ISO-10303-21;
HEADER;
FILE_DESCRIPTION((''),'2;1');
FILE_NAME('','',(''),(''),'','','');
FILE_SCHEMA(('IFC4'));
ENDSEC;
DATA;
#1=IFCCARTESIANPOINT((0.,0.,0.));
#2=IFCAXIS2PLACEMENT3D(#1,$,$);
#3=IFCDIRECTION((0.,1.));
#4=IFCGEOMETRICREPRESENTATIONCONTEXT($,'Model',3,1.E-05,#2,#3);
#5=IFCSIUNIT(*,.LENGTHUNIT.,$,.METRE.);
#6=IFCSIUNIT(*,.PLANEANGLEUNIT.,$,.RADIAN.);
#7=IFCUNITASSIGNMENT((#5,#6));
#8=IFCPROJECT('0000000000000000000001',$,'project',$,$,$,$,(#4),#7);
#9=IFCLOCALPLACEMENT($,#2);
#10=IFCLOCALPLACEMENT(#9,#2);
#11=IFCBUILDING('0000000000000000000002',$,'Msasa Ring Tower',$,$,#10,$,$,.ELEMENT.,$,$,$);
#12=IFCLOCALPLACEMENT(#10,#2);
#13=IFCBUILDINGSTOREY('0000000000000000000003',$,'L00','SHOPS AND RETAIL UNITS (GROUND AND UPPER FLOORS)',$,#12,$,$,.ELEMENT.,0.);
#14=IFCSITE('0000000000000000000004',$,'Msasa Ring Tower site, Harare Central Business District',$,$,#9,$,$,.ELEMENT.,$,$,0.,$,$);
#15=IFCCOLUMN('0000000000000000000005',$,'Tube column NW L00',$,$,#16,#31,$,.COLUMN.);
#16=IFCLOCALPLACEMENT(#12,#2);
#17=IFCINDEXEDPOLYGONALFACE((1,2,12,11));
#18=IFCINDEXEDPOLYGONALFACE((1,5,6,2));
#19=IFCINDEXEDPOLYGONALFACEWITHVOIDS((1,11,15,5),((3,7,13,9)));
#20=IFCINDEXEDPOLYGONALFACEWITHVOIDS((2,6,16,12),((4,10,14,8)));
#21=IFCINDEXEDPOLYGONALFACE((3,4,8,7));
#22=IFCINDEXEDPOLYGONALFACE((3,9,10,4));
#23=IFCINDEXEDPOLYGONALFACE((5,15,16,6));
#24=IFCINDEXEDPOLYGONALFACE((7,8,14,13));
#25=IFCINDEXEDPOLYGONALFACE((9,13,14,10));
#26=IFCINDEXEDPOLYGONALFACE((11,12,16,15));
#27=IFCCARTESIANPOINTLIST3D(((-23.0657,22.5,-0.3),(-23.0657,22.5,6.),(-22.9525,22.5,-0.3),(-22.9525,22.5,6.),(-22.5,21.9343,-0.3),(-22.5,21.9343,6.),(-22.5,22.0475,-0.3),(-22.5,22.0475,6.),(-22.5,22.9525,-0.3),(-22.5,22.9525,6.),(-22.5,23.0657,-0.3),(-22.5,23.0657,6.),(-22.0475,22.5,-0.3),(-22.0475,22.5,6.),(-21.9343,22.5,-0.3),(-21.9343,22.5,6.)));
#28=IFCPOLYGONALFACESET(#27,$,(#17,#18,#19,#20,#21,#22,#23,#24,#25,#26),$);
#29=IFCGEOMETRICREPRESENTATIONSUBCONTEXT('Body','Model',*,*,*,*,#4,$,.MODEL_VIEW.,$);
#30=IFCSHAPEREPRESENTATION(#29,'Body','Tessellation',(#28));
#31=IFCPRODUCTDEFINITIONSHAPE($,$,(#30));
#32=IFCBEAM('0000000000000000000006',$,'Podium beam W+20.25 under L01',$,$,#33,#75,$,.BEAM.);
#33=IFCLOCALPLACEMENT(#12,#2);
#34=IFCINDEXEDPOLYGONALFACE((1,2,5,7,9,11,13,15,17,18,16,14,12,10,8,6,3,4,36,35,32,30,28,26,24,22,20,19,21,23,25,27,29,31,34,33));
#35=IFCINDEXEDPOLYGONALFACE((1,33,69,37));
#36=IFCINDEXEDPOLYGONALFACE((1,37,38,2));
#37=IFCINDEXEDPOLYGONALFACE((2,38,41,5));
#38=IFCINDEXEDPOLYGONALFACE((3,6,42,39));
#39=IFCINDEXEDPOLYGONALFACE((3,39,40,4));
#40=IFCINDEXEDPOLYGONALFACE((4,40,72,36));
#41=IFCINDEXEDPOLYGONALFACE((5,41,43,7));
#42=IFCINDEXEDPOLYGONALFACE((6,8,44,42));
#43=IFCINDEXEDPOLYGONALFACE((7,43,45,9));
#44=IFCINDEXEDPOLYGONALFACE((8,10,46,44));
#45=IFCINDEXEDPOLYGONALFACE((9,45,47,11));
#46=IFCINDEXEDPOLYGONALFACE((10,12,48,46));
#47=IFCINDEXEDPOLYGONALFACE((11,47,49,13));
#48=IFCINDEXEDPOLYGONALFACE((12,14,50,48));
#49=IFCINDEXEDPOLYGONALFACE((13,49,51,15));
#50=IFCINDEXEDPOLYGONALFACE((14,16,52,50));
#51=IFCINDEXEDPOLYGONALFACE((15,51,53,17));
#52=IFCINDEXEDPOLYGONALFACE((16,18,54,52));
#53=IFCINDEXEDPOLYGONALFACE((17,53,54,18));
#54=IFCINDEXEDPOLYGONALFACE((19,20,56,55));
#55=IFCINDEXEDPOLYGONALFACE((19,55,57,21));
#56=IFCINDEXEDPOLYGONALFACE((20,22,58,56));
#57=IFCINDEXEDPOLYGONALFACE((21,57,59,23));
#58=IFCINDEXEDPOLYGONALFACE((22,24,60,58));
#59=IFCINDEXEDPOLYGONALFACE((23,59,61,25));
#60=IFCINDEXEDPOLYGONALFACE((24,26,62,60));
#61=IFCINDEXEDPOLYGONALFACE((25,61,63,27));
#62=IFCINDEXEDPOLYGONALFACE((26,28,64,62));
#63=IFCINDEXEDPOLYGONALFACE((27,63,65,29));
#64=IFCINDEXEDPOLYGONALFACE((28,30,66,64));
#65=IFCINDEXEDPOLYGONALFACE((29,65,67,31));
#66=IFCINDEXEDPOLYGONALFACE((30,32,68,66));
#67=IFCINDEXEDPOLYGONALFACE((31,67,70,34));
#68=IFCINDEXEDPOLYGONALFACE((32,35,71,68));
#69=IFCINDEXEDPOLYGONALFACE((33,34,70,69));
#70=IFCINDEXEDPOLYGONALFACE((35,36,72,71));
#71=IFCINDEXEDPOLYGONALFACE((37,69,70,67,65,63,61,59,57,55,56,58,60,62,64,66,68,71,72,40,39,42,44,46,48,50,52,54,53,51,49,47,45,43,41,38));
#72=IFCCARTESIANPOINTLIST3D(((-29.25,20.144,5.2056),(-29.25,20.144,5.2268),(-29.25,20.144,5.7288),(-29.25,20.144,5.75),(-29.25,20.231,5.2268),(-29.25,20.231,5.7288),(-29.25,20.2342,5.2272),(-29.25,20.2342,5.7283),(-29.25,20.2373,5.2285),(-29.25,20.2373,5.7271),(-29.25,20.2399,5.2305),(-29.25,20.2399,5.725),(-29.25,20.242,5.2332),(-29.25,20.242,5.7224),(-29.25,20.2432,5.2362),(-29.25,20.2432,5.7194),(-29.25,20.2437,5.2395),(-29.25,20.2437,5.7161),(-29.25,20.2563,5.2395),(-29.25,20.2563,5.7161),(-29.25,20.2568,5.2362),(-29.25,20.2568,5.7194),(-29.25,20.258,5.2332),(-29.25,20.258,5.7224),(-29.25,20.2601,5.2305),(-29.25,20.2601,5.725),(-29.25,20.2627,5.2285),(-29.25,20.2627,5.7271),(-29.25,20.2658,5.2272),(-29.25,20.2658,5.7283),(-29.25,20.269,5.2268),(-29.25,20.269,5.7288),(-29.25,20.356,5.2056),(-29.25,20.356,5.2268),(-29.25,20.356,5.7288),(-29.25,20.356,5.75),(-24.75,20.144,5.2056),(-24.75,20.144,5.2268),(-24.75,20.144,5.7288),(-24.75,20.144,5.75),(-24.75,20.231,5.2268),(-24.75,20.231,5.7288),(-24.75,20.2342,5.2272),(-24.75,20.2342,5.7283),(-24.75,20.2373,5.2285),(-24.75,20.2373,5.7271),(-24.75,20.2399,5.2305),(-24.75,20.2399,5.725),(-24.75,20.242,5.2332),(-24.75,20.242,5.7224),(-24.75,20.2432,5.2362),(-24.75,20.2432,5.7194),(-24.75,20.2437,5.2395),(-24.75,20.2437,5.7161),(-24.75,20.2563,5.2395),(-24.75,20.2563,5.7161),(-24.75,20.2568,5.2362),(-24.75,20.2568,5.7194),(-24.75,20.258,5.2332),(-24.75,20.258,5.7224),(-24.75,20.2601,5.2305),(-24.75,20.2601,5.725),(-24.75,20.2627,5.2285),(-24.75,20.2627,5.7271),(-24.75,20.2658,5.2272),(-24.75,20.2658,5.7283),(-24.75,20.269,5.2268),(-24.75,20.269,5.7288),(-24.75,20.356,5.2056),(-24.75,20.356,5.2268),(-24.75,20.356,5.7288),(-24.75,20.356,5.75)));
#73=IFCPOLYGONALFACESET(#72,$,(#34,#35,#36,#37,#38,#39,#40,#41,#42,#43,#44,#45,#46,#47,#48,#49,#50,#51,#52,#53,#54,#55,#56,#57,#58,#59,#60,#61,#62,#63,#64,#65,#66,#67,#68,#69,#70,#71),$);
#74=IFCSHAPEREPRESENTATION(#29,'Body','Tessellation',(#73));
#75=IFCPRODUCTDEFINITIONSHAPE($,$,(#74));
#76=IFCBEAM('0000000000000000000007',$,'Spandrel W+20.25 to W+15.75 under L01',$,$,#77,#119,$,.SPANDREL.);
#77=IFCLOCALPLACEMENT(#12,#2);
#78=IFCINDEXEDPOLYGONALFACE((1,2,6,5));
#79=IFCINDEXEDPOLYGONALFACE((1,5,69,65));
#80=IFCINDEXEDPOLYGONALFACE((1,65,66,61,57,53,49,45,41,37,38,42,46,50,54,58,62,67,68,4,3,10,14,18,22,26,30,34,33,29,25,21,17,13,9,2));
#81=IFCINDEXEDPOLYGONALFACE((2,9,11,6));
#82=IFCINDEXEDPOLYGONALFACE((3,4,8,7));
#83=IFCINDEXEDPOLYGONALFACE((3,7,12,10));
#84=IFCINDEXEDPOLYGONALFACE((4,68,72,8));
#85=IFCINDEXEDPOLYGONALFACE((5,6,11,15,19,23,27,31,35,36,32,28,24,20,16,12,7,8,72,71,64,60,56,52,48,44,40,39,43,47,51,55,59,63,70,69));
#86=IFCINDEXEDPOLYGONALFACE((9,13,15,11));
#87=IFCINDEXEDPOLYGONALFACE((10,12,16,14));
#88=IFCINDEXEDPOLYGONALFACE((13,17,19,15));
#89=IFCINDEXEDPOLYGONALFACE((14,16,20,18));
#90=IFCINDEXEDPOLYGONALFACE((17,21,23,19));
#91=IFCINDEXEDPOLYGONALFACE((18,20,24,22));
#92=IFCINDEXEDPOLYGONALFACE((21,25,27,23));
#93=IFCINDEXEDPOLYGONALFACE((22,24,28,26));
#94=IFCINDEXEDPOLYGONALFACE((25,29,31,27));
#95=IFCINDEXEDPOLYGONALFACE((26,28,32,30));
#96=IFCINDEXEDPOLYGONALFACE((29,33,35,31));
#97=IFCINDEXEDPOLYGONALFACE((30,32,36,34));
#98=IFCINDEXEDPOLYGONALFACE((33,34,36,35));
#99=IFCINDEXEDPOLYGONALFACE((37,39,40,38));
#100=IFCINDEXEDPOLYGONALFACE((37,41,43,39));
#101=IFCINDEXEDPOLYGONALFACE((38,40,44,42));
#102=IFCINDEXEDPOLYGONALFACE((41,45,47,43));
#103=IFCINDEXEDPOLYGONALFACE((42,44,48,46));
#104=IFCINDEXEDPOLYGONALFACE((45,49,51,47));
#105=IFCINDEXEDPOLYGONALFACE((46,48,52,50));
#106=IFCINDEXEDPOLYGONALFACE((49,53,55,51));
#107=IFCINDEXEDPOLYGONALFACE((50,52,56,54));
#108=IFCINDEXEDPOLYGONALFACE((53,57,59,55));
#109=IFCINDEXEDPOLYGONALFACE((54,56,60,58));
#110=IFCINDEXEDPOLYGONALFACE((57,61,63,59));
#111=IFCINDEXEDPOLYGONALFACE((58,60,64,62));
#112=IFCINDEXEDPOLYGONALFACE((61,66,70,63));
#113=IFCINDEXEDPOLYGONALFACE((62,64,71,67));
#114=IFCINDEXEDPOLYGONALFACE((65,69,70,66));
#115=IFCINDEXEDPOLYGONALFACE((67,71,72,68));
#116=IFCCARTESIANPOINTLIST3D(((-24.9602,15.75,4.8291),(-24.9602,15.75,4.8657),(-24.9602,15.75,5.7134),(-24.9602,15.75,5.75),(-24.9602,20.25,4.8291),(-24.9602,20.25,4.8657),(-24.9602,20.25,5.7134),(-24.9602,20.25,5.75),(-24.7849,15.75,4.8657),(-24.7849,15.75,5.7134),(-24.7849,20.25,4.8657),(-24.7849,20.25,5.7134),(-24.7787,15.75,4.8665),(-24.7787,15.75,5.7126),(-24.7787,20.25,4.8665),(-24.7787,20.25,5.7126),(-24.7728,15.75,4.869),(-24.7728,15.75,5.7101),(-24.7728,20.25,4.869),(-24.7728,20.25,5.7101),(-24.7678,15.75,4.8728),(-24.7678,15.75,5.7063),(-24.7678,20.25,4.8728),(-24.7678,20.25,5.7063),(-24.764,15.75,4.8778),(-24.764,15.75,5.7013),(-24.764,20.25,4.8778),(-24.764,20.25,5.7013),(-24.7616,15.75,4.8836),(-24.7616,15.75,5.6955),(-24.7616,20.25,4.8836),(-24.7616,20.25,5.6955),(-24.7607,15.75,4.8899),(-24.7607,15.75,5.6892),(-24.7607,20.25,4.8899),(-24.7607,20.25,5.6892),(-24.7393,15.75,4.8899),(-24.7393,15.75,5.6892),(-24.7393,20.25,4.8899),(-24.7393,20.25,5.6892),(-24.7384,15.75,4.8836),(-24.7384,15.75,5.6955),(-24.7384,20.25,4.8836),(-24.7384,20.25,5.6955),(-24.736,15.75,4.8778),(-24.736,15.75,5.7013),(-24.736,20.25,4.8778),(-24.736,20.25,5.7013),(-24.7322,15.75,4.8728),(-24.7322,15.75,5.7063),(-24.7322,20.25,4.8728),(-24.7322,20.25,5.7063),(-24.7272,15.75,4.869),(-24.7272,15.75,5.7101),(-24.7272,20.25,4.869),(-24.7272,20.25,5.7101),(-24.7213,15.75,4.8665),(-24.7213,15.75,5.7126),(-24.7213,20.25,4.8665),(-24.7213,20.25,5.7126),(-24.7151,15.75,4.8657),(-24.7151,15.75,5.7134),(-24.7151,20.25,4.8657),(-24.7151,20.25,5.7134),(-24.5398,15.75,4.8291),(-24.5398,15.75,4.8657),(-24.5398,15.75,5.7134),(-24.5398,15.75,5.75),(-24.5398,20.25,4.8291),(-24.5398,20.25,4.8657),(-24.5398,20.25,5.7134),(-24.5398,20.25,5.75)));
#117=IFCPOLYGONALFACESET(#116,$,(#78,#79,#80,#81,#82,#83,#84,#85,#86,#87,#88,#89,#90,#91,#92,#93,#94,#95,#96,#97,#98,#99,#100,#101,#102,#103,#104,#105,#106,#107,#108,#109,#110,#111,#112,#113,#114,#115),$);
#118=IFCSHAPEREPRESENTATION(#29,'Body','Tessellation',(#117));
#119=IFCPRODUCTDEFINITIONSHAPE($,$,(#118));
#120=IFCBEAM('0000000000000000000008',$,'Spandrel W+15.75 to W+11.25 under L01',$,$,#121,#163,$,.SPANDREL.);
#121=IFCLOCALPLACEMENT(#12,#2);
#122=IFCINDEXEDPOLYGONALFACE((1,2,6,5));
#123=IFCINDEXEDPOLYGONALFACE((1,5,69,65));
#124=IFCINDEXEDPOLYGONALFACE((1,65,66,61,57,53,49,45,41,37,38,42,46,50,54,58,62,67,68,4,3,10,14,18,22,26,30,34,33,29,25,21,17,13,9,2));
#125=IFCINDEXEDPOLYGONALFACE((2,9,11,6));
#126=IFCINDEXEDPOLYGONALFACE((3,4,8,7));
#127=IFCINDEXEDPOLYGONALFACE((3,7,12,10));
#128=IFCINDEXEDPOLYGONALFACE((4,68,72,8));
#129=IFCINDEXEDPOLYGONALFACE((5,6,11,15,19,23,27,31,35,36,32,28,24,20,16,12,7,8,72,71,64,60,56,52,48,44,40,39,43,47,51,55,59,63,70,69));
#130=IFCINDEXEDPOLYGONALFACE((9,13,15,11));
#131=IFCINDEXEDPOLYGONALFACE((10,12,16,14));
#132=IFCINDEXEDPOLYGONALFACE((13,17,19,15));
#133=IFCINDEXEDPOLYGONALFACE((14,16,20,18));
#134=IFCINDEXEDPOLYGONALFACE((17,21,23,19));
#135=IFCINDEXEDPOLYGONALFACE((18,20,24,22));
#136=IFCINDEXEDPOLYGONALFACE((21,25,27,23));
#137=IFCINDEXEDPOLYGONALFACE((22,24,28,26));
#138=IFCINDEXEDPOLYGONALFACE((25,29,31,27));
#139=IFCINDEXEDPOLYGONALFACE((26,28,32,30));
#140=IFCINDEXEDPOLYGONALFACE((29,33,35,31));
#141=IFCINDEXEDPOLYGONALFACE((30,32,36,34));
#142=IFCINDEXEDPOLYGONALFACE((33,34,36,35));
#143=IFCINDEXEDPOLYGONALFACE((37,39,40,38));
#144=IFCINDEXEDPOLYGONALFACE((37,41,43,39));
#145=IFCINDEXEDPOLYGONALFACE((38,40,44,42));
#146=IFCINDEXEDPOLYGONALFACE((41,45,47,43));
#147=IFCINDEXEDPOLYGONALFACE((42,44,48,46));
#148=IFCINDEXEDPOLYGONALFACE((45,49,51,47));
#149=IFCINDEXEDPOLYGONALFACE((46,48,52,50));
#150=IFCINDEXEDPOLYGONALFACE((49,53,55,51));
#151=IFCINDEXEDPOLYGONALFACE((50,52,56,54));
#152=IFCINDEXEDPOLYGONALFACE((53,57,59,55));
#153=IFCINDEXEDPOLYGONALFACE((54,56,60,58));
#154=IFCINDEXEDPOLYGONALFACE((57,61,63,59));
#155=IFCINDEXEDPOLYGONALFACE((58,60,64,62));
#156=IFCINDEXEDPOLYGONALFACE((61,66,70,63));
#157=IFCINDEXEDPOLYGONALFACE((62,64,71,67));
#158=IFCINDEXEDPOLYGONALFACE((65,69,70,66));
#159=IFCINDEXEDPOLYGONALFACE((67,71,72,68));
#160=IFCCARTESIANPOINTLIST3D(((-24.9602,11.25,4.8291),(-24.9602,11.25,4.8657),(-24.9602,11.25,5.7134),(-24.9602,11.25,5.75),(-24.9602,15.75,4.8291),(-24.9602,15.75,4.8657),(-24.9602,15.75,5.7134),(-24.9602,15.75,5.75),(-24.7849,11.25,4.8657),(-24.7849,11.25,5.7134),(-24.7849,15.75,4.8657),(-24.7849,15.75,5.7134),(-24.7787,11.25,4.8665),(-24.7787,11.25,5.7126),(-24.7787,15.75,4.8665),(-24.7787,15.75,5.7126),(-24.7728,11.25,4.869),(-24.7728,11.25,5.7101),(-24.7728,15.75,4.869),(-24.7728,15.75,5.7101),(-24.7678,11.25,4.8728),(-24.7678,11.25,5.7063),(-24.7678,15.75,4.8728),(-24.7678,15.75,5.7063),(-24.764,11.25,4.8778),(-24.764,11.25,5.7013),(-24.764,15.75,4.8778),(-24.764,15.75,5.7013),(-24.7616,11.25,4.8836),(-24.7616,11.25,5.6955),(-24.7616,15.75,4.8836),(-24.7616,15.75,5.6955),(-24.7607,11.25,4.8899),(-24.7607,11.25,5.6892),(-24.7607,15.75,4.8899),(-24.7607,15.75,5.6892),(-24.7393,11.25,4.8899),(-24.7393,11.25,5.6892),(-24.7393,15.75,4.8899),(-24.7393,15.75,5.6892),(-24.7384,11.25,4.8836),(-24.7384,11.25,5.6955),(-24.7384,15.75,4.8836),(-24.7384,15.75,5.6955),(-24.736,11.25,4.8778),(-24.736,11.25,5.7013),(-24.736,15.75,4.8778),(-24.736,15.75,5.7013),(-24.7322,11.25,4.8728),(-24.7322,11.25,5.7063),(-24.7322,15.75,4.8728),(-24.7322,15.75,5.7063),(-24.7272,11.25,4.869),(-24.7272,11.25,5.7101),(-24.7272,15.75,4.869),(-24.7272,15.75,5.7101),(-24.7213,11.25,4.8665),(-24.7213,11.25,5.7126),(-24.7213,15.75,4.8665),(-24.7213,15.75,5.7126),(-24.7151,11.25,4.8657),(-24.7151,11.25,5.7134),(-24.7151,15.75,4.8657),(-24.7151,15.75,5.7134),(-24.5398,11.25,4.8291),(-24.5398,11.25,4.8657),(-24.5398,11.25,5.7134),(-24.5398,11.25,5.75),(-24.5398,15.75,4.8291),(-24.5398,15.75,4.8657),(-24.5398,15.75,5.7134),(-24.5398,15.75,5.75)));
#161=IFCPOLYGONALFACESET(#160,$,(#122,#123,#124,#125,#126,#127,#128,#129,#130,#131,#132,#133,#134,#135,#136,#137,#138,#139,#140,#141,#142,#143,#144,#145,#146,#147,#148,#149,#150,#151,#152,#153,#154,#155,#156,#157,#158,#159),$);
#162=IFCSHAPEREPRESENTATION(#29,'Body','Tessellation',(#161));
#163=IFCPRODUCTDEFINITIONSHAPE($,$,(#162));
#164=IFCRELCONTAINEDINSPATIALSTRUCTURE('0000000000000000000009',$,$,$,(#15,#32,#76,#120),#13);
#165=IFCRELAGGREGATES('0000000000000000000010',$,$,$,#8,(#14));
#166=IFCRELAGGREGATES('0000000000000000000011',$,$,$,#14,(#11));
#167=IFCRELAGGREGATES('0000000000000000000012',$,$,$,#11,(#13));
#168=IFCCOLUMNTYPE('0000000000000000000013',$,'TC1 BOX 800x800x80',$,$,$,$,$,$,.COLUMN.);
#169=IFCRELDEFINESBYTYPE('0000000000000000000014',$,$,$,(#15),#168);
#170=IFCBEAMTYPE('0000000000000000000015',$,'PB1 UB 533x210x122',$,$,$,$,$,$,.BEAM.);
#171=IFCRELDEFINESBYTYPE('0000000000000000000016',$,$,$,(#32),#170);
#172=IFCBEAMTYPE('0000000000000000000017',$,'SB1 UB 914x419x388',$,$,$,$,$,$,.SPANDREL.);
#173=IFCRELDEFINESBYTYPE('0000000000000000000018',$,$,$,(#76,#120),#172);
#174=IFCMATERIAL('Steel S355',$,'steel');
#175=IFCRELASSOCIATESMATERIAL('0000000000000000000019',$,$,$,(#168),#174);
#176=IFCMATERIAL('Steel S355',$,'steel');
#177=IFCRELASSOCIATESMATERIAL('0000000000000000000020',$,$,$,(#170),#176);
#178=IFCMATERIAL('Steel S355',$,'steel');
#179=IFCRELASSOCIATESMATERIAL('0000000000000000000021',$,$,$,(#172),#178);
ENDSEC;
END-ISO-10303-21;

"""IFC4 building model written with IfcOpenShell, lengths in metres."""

from ifc_helpers import new_model, si_unit, direction, frame, origin, origin_2d, place, context, subcontext, project, spatial, hollow_rectangle, i_section, extrude, material, material_profile, profile_set, type_object, element, save


model = new_model("IFC4")

# Units and contexts
model_context = context("Model", 3, precision=1e-05, world=origin(), true_north=direction((0.0, 1.0)))
body_context = subcontext(model_context, "Body", "Model", "MODEL_VIEW")
ifc_project = project(units=[si_unit("LENGTHUNIT", "METRE"), si_unit("PLANEANGLEUNIT", "RADIAN")], contexts=[model_context])

# Site, building, storey
site_placement = place(None, origin())
site = spatial("IfcSite", under=ifc_project, at=site_placement, Name="Msasa Ring Tower site, Harare Central Business District", CompositionType="ELEMENT", RefElevation=0.0)
building_placement = place(site_placement, origin())
building = spatial("IfcBuilding", under=site, at=building_placement, Name="Msasa Ring Tower", CompositionType="ELEMENT")
storey_placement = place(building_placement, origin())
storey = spatial("IfcBuildingStorey", under=building, at=storey_placement, Name="L00", Description="SHOPS AND RETAIL UNITS (GROUND AND UPPER FLOORS)", CompositionType="ELEMENT", Elevation=0.0)

# Column
ifc_material_1 = material(Name="Steel S355", Category="steel")
ifc_material_profile_1 = material_profile(ifc_material_1, hollow_rectangle(XDim=0.8, YDim=0.8, WallThickness=0.0801, at=origin_2d()), Name="BOX 800x800x80")
ifc_profile_set_1 = profile_set([ifc_material_profile_1], Name="Steel S355")
column_type_1 = type_object("IfcColumnType", Name="TC1 BOX 800x800x80", PredefinedType="COLUMN", material=ifc_profile_set_1)
for number, where, z_axis, x_axis, name in (
    (1, (-22.5, 22.5, -0.3), (0.0, 0.0, 1.0), (0.707107, -0.707107, 0.0), "Tube column NW L00"),
):
    element("IfcColumn", number, at=place(storey_placement, frame(where, z_axis=z_axis, x_axis=x_axis)), inside=storey, type_object=column_type_1, Name=name, PredefinedType="COLUMN", context=body_context, shape_type="SweptSolid", body=[
        extrude(hollow_rectangle(XDim=0.8, YDim=0.8, WallThickness=0.0801, at=origin_2d()), origin(), (0.0, 0.0, 1.0), 6.3),
    ])

# Beams
ifc_material_2 = material(Name="Steel S355", Category="steel")
ifc_material_profile_2 = material_profile(ifc_material_2, i_section(OverallWidth=0.2119, OverallDepth=0.5444, WebThickness=0.0127, FlangeThickness=0.0212, FilletRadius=0.0127, at=origin_2d()), Name="UB 533x210x122")
ifc_profile_set_2 = profile_set([ifc_material_profile_2], Name="Steel S355")
beam_type_1 = type_object("IfcBeamType", Name="PB1 UB 533x210x122", PredefinedType="BEAM", material=ifc_profile_set_2)
beam_placement = place(storey_placement, frame((-29.25, 20.25, 5.4778), z_axis=(1.0, 0.0, 0.0), x_axis=(0.0, 1.0, 0.0)))
element("IfcBeam", 2, at=beam_placement, inside=storey, type_object=beam_type_1, Name="Podium beam W+20.25 under L01", PredefinedType="BEAM", context=body_context, shape_type="SweptSolid", body=[
    extrude(i_section(OverallWidth=0.2119, OverallDepth=0.5444, WebThickness=0.0127, FlangeThickness=0.0212, FilletRadius=0.0127, at=origin_2d()), origin(), (0.0, 0.0, 1.0), 4.5),
])
ifc_material_3 = material(Name="Steel S355", Category="steel")
ifc_material_profile_3 = material_profile(ifc_material_3, i_section(OverallWidth=0.4204, OverallDepth=0.9209, WebThickness=0.0215, FlangeThickness=0.0366, FilletRadius=0.0242, at=origin_2d()), Name="UB 914x419x388")
ifc_profile_set_3 = profile_set([ifc_material_profile_3], Name="Steel S355")
beam_type_2 = type_object("IfcBeamType", Name="SB1 UB 914x419x388", PredefinedType="SPANDREL", material=ifc_profile_set_3)
for number, where, z_axis, x_axis, name in (
    (3, (-24.75, 20.25, 5.2896), (0.0, -1.0, 0.0), (1.0, 0.0, 0.0), "Spandrel W+20.25 to W+15.75 under L01"),
    (4, (-24.75, 15.75, 5.2896), (0.0, -1.0, 0.0), (1.0, 0.0, 0.0), "Spandrel W+15.75 to W+11.25 under L01"),
):
    element("IfcBeam", number, at=place(storey_placement, frame(where, z_axis=z_axis, x_axis=x_axis)), inside=storey, type_object=beam_type_2, Name=name, PredefinedType="SPANDREL", context=body_context, shape_type="SweptSolid", body=[
        extrude(i_section(OverallWidth=0.4204, OverallDepth=0.9209, WebThickness=0.0215, FlangeThickness=0.0366, FilletRadius=0.0242, at=origin_2d()), origin(), (0.0, 0.0, 1.0), 4.5),
    ])

save(model, "model.ifc")
